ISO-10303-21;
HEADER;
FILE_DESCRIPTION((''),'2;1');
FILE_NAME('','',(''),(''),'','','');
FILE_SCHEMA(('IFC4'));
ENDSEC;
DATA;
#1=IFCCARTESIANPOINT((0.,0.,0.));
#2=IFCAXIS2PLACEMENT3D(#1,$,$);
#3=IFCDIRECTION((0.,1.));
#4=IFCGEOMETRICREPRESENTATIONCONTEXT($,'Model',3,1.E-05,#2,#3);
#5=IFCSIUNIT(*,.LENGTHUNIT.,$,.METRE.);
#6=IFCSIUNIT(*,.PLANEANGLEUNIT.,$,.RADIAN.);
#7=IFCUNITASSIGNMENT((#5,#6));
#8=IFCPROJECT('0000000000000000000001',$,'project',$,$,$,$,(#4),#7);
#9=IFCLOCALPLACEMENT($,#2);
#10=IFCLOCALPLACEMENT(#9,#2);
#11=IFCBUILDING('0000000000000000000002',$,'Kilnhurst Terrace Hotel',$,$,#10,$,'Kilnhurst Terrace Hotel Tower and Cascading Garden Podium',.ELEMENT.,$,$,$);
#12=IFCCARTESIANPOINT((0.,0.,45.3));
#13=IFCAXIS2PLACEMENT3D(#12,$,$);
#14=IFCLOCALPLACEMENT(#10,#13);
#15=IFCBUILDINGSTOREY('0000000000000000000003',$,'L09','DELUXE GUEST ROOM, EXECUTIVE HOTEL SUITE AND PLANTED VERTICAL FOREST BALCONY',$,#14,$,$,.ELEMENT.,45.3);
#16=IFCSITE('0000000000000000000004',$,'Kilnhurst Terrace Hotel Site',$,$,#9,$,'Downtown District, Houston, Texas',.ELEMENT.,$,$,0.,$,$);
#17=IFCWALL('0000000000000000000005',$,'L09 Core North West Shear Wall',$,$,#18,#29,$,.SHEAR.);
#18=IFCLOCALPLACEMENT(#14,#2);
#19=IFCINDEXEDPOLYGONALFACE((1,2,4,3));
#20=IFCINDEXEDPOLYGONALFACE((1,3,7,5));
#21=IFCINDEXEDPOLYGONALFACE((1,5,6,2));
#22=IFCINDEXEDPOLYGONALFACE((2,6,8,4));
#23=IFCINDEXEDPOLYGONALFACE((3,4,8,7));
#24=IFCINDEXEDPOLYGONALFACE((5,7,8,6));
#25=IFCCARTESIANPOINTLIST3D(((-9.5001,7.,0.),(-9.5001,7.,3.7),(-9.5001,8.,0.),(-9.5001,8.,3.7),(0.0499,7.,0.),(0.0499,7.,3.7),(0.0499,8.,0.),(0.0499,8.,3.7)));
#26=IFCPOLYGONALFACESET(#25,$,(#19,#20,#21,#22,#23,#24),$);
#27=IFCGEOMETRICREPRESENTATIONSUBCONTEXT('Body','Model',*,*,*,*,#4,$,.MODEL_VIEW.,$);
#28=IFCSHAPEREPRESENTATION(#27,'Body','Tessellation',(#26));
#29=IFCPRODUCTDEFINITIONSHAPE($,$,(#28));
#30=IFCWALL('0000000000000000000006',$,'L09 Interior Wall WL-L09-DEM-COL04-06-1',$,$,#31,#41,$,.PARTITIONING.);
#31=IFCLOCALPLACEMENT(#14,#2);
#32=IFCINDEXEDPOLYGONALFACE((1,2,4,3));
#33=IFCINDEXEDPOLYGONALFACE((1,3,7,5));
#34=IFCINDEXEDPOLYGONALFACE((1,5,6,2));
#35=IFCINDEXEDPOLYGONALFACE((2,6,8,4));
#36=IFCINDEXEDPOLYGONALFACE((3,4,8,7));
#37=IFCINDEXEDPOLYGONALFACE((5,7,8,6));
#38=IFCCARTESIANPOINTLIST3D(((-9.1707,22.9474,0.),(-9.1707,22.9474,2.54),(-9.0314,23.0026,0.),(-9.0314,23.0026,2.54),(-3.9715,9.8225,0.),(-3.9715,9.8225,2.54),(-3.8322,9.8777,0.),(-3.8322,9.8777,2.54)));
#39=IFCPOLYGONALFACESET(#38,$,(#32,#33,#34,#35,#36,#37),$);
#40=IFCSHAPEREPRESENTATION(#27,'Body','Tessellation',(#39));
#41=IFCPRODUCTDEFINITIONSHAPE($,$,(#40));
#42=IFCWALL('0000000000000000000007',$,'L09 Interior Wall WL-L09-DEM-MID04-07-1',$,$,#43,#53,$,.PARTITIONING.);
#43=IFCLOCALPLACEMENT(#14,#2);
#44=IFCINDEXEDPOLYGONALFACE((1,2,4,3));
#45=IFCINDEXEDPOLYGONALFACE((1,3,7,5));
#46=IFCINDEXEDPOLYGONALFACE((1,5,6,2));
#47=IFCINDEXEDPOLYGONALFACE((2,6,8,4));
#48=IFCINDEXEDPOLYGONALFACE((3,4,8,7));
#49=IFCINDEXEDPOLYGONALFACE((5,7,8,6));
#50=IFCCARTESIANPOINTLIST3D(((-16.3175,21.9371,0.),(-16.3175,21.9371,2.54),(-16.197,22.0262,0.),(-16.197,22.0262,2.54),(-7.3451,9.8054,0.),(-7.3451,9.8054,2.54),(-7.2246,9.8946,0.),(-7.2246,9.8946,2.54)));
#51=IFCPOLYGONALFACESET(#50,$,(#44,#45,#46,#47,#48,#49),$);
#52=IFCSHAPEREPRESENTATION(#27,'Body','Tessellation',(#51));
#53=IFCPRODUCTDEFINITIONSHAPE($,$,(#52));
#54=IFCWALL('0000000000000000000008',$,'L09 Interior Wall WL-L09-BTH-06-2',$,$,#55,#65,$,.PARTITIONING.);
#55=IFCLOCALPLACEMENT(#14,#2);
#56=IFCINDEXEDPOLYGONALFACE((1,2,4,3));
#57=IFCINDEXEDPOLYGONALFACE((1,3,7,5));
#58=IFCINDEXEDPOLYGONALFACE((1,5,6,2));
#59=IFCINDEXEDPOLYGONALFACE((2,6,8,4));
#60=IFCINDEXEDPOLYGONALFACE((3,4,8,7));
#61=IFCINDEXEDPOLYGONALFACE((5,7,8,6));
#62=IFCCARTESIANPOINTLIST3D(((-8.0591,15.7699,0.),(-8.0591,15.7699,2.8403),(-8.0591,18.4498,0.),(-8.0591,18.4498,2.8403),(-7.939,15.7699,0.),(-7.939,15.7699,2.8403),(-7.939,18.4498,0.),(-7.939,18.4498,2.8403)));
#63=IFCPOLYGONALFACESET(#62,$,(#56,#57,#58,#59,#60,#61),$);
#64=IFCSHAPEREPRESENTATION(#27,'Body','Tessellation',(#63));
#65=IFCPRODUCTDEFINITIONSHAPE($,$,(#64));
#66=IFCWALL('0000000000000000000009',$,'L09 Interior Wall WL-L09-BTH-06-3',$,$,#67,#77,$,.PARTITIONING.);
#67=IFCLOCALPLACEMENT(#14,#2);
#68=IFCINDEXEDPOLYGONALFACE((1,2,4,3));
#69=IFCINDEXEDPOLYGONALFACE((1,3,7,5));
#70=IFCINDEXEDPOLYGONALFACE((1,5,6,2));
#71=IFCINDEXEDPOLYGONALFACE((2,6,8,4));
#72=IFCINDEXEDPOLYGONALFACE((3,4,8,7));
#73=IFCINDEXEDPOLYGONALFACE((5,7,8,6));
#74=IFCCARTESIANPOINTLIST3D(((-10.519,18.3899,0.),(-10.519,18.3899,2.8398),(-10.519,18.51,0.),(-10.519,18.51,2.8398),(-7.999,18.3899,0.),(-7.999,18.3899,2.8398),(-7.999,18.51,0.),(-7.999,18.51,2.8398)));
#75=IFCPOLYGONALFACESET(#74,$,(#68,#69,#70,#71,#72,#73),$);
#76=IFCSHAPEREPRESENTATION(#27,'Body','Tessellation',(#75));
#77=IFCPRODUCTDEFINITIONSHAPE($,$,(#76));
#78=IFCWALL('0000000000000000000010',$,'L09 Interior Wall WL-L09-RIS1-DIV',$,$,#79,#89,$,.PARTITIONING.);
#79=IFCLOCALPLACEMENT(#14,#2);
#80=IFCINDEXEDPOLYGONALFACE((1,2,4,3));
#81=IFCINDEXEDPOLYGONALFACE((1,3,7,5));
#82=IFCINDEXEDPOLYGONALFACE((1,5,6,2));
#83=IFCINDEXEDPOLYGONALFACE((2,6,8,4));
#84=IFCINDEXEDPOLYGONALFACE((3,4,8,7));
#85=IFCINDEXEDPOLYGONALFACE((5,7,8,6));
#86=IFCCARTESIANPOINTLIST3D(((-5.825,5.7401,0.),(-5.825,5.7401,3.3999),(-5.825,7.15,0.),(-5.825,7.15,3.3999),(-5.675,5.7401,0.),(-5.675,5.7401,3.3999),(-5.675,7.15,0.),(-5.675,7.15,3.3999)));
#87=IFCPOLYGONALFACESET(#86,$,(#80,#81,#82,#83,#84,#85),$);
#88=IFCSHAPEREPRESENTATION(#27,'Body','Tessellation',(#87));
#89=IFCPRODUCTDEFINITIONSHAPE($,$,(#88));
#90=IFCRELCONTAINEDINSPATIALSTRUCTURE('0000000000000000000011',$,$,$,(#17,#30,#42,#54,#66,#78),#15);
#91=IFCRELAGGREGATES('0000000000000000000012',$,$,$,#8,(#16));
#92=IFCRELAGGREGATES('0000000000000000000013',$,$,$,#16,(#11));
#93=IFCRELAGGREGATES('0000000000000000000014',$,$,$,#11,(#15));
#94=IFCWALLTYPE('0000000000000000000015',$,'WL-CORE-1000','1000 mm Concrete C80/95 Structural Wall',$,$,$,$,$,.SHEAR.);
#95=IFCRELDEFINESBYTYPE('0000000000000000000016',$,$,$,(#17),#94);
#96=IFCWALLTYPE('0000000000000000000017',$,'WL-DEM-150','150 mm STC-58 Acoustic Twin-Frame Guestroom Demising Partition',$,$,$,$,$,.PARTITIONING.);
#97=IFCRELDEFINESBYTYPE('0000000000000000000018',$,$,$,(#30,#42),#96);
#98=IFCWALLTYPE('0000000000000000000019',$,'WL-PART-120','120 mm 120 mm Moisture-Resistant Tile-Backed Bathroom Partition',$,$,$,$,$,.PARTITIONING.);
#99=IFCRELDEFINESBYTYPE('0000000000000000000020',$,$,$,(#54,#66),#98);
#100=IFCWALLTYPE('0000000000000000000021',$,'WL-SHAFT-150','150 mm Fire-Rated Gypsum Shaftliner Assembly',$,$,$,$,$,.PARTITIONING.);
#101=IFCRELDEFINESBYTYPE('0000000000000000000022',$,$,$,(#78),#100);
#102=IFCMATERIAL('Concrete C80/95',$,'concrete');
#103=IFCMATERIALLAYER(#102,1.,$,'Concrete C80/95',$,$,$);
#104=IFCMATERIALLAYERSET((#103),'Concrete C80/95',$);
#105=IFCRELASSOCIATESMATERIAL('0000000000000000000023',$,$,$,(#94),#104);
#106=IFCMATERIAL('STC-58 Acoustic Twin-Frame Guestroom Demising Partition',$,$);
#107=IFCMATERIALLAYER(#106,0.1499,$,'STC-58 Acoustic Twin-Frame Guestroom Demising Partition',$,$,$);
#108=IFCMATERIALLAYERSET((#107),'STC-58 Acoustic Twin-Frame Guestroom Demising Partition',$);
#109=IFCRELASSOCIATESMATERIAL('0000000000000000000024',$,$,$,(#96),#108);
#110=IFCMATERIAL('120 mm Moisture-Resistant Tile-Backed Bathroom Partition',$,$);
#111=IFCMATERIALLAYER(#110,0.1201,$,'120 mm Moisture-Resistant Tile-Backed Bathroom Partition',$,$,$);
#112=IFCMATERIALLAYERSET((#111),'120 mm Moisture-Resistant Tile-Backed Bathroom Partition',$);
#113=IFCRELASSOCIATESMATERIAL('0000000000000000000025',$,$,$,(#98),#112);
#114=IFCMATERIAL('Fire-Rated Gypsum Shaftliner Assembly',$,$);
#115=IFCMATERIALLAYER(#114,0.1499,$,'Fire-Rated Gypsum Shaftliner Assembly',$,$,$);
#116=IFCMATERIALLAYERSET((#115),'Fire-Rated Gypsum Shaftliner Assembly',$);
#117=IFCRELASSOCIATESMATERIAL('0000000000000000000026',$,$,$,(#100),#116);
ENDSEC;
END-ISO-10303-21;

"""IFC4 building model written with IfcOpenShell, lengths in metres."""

from ifc_helpers import new_model, si_unit, direction, frame, frame_2d, origin, place, context, subcontext, project, spatial, rectangle, extrude, material, layer, layer_set, type_object, element, save


model = new_model("IFC4")

# Units and contexts
model_context = context("Model", 3, precision=1e-05, world=origin(), true_north=direction((0.0, 1.0)))
body_context = subcontext(model_context, "Body", "Model", "MODEL_VIEW")
ifc_project = project(units=[si_unit("LENGTHUNIT", "METRE"), si_unit("PLANEANGLEUNIT", "RADIAN")], contexts=[model_context])

# Site, building, storey
site_placement = place(None, origin())
site = spatial("IfcSite", under=ifc_project, at=site_placement, Name="Kilnhurst Terrace Hotel Site", LongName="Downtown District, Houston, Texas", CompositionType="ELEMENT", RefElevation=0.0)
building_placement = place(site_placement, origin())
building = spatial("IfcBuilding", under=site, at=building_placement, Name="Kilnhurst Terrace Hotel", LongName="Kilnhurst Terrace Hotel Tower and Cascading Garden Podium", CompositionType="ELEMENT")
storey_placement = place(building_placement, frame((0.0, 0.0, 45.3)))
storey = spatial("IfcBuildingStorey", under=building, at=storey_placement, Name="L09", Description="DELUXE GUEST ROOM, EXECUTIVE HOTEL SUITE AND PLANTED VERTICAL FOREST BALCONY", CompositionType="ELEMENT", Elevation=45.3)

# Shared definitions
ifc_material_1 = material(Name="Concrete C80/95", Category="concrete")

# Walls
ifc_layer_1 = layer(ifc_material_1, 1.0, Name="Concrete C80/95")
ifc_layer_set_1 = layer_set([ifc_layer_1], Name="Concrete C80/95")
wall_type_1 = type_object("IfcWallType", Name="WL-CORE-1000", Description="1000 mm Concrete C80/95 Structural Wall", PredefinedType="SHEAR", material=ifc_layer_set_1)
wall_1_placement = place(storey_placement, frame((-9.5, 7.5, 0.0), z_axis=(0.0, 0.0, 1.0), x_axis=(1.0, 0.0, 0.0)))
element("IfcWall", 1, at=wall_1_placement, inside=storey, type_object=wall_type_1, Name="L09 Core North West Shear Wall", PredefinedType="SHEAR", context=body_context, shape_type="SweptSolid", body=[
    extrude(rectangle(XDim=9.55, YDim=1.0, at=frame_2d((4.7749, 0.0))), origin(), (0.0, 0.0, 1.0), 3.7),
])
ifc_material_2 = material(Name="STC-58 Acoustic Twin-Frame Guestroom Demising Partition")
ifc_layer_2 = layer(ifc_material_2, 0.1499, Name="STC-58 Acoustic Twin-Frame Guestroom Demising Partition")
ifc_layer_set_2 = layer_set([ifc_layer_2], Name="STC-58 Acoustic Twin-Frame Guestroom Demising Partition")
wall_type_2 = type_object("IfcWallType", Name="WL-DEM-150", Description="150 mm STC-58 Acoustic Twin-Frame Guestroom Demising Partition", PredefinedType="PARTITIONING", material=ifc_layer_set_2)
wall_2_placement = place(storey_placement, frame((-3.9019, 9.8501, 0.0), z_axis=(0.0, 0.0, 1.0), x_axis=(-0.368288, 0.929712, 0.0)))
element("IfcWall", 2, at=wall_2_placement, inside=storey, type_object=wall_type_2, Name="L09 Interior Wall WL-L09-DEM-COL04-06-1", PredefinedType="PARTITIONING", context=body_context, shape_type="SweptSolid", body=[
    extrude(rectangle(XDim=14.1172, YDim=0.1499, at=frame_2d((7.0586, 0.0))), origin(), (0.0, 0.0, 1.0), 2.54),
])
wall_3_placement = place(storey_placement, frame((-7.2849, 9.8501, 0.0), z_axis=(0.0, 0.0, 1.0), x_axis=(-0.59463, 0.803999, 0.0)))
element("IfcWall", 3, at=wall_3_placement, inside=storey, type_object=wall_type_2, Name="L09 Interior Wall WL-L09-DEM-MID04-07-1", PredefinedType="PARTITIONING", context=body_context, shape_type="SweptSolid", body=[
    extrude(rectangle(XDim=15.0891, YDim=0.1499, at=frame_2d((7.5444, 0.0))), origin(), (0.0, 0.0, 1.0), 2.54),
])
ifc_material_3 = material(Name="120 mm Moisture-Resistant Tile-Backed Bathroom Partition")
ifc_layer_3 = layer(ifc_material_3, 0.1201, Name="120 mm Moisture-Resistant Tile-Backed Bathroom Partition")
ifc_layer_set_3 = layer_set([ifc_layer_3], Name="120 mm Moisture-Resistant Tile-Backed Bathroom Partition")
wall_type_3 = type_object("IfcWallType", Name="WL-PART-120", Description="120 mm 120 mm Moisture-Resistant Tile-Backed Bathroom Partition", PredefinedType="PARTITIONING", material=ifc_layer_set_3)
wall_4_placement = place(storey_placement, frame((-7.999, 15.77, 0.0), z_axis=(0.0, 0.0, 1.0), x_axis=(0.0, 1.0, 0.0)))
element("IfcWall", 4, at=wall_4_placement, inside=storey, type_object=wall_type_3, Name="L09 Interior Wall WL-L09-BTH-06-2", PredefinedType="PARTITIONING", context=body_context, shape_type="SweptSolid", body=[
    extrude(rectangle(XDim=2.6799, YDim=0.1201, at=frame_2d((1.3398, 0.0))), origin(), (0.0, 0.0, 1.0), 2.8403),
])
wall_5_placement = place(storey_placement, frame((-7.999, 18.45, 0.0), z_axis=(0.0, 0.0, 1.0), x_axis=(-1.0, 0.0, 0.0)))
element("IfcWall", 5, at=wall_5_placement, inside=storey, type_object=wall_type_3, Name="L09 Interior Wall WL-L09-BTH-06-3", PredefinedType="PARTITIONING", context=body_context, shape_type="SweptSolid", body=[
    extrude(rectangle(XDim=2.52, YDim=0.1201, at=frame_2d((1.26, 0.0))), origin(), (0.0, 0.0, 1.0), 2.8398),
])
ifc_material_4 = material(Name="Fire-Rated Gypsum Shaftliner Assembly")
ifc_layer_4 = layer(ifc_material_4, 0.1499, Name="Fire-Rated Gypsum Shaftliner Assembly")
ifc_layer_set_4 = layer_set([ifc_layer_4], Name="Fire-Rated Gypsum Shaftliner Assembly")
wall_type_4 = type_object("IfcWallType", Name="WL-SHAFT-150", Description="150 mm Fire-Rated Gypsum Shaftliner Assembly", PredefinedType="PARTITIONING", material=ifc_layer_set_4)
wall_6_placement = place(storey_placement, frame((-5.75, 5.74, 0.0), z_axis=(0.0, 0.0, 1.0), x_axis=(0.0, 1.0, 0.0)))
element("IfcWall", 6, at=wall_6_placement, inside=storey, type_object=wall_type_4, Name="L09 Interior Wall WL-L09-RIS1-DIV", PredefinedType="PARTITIONING", context=body_context, shape_type="SweptSolid", body=[
    extrude(rectangle(XDim=1.4099, YDim=0.1499, at=frame_2d((0.7051, 0.0))), origin(), (0.0, 0.0, 1.0), 3.3999),
])

save(model, "model.ifc")
